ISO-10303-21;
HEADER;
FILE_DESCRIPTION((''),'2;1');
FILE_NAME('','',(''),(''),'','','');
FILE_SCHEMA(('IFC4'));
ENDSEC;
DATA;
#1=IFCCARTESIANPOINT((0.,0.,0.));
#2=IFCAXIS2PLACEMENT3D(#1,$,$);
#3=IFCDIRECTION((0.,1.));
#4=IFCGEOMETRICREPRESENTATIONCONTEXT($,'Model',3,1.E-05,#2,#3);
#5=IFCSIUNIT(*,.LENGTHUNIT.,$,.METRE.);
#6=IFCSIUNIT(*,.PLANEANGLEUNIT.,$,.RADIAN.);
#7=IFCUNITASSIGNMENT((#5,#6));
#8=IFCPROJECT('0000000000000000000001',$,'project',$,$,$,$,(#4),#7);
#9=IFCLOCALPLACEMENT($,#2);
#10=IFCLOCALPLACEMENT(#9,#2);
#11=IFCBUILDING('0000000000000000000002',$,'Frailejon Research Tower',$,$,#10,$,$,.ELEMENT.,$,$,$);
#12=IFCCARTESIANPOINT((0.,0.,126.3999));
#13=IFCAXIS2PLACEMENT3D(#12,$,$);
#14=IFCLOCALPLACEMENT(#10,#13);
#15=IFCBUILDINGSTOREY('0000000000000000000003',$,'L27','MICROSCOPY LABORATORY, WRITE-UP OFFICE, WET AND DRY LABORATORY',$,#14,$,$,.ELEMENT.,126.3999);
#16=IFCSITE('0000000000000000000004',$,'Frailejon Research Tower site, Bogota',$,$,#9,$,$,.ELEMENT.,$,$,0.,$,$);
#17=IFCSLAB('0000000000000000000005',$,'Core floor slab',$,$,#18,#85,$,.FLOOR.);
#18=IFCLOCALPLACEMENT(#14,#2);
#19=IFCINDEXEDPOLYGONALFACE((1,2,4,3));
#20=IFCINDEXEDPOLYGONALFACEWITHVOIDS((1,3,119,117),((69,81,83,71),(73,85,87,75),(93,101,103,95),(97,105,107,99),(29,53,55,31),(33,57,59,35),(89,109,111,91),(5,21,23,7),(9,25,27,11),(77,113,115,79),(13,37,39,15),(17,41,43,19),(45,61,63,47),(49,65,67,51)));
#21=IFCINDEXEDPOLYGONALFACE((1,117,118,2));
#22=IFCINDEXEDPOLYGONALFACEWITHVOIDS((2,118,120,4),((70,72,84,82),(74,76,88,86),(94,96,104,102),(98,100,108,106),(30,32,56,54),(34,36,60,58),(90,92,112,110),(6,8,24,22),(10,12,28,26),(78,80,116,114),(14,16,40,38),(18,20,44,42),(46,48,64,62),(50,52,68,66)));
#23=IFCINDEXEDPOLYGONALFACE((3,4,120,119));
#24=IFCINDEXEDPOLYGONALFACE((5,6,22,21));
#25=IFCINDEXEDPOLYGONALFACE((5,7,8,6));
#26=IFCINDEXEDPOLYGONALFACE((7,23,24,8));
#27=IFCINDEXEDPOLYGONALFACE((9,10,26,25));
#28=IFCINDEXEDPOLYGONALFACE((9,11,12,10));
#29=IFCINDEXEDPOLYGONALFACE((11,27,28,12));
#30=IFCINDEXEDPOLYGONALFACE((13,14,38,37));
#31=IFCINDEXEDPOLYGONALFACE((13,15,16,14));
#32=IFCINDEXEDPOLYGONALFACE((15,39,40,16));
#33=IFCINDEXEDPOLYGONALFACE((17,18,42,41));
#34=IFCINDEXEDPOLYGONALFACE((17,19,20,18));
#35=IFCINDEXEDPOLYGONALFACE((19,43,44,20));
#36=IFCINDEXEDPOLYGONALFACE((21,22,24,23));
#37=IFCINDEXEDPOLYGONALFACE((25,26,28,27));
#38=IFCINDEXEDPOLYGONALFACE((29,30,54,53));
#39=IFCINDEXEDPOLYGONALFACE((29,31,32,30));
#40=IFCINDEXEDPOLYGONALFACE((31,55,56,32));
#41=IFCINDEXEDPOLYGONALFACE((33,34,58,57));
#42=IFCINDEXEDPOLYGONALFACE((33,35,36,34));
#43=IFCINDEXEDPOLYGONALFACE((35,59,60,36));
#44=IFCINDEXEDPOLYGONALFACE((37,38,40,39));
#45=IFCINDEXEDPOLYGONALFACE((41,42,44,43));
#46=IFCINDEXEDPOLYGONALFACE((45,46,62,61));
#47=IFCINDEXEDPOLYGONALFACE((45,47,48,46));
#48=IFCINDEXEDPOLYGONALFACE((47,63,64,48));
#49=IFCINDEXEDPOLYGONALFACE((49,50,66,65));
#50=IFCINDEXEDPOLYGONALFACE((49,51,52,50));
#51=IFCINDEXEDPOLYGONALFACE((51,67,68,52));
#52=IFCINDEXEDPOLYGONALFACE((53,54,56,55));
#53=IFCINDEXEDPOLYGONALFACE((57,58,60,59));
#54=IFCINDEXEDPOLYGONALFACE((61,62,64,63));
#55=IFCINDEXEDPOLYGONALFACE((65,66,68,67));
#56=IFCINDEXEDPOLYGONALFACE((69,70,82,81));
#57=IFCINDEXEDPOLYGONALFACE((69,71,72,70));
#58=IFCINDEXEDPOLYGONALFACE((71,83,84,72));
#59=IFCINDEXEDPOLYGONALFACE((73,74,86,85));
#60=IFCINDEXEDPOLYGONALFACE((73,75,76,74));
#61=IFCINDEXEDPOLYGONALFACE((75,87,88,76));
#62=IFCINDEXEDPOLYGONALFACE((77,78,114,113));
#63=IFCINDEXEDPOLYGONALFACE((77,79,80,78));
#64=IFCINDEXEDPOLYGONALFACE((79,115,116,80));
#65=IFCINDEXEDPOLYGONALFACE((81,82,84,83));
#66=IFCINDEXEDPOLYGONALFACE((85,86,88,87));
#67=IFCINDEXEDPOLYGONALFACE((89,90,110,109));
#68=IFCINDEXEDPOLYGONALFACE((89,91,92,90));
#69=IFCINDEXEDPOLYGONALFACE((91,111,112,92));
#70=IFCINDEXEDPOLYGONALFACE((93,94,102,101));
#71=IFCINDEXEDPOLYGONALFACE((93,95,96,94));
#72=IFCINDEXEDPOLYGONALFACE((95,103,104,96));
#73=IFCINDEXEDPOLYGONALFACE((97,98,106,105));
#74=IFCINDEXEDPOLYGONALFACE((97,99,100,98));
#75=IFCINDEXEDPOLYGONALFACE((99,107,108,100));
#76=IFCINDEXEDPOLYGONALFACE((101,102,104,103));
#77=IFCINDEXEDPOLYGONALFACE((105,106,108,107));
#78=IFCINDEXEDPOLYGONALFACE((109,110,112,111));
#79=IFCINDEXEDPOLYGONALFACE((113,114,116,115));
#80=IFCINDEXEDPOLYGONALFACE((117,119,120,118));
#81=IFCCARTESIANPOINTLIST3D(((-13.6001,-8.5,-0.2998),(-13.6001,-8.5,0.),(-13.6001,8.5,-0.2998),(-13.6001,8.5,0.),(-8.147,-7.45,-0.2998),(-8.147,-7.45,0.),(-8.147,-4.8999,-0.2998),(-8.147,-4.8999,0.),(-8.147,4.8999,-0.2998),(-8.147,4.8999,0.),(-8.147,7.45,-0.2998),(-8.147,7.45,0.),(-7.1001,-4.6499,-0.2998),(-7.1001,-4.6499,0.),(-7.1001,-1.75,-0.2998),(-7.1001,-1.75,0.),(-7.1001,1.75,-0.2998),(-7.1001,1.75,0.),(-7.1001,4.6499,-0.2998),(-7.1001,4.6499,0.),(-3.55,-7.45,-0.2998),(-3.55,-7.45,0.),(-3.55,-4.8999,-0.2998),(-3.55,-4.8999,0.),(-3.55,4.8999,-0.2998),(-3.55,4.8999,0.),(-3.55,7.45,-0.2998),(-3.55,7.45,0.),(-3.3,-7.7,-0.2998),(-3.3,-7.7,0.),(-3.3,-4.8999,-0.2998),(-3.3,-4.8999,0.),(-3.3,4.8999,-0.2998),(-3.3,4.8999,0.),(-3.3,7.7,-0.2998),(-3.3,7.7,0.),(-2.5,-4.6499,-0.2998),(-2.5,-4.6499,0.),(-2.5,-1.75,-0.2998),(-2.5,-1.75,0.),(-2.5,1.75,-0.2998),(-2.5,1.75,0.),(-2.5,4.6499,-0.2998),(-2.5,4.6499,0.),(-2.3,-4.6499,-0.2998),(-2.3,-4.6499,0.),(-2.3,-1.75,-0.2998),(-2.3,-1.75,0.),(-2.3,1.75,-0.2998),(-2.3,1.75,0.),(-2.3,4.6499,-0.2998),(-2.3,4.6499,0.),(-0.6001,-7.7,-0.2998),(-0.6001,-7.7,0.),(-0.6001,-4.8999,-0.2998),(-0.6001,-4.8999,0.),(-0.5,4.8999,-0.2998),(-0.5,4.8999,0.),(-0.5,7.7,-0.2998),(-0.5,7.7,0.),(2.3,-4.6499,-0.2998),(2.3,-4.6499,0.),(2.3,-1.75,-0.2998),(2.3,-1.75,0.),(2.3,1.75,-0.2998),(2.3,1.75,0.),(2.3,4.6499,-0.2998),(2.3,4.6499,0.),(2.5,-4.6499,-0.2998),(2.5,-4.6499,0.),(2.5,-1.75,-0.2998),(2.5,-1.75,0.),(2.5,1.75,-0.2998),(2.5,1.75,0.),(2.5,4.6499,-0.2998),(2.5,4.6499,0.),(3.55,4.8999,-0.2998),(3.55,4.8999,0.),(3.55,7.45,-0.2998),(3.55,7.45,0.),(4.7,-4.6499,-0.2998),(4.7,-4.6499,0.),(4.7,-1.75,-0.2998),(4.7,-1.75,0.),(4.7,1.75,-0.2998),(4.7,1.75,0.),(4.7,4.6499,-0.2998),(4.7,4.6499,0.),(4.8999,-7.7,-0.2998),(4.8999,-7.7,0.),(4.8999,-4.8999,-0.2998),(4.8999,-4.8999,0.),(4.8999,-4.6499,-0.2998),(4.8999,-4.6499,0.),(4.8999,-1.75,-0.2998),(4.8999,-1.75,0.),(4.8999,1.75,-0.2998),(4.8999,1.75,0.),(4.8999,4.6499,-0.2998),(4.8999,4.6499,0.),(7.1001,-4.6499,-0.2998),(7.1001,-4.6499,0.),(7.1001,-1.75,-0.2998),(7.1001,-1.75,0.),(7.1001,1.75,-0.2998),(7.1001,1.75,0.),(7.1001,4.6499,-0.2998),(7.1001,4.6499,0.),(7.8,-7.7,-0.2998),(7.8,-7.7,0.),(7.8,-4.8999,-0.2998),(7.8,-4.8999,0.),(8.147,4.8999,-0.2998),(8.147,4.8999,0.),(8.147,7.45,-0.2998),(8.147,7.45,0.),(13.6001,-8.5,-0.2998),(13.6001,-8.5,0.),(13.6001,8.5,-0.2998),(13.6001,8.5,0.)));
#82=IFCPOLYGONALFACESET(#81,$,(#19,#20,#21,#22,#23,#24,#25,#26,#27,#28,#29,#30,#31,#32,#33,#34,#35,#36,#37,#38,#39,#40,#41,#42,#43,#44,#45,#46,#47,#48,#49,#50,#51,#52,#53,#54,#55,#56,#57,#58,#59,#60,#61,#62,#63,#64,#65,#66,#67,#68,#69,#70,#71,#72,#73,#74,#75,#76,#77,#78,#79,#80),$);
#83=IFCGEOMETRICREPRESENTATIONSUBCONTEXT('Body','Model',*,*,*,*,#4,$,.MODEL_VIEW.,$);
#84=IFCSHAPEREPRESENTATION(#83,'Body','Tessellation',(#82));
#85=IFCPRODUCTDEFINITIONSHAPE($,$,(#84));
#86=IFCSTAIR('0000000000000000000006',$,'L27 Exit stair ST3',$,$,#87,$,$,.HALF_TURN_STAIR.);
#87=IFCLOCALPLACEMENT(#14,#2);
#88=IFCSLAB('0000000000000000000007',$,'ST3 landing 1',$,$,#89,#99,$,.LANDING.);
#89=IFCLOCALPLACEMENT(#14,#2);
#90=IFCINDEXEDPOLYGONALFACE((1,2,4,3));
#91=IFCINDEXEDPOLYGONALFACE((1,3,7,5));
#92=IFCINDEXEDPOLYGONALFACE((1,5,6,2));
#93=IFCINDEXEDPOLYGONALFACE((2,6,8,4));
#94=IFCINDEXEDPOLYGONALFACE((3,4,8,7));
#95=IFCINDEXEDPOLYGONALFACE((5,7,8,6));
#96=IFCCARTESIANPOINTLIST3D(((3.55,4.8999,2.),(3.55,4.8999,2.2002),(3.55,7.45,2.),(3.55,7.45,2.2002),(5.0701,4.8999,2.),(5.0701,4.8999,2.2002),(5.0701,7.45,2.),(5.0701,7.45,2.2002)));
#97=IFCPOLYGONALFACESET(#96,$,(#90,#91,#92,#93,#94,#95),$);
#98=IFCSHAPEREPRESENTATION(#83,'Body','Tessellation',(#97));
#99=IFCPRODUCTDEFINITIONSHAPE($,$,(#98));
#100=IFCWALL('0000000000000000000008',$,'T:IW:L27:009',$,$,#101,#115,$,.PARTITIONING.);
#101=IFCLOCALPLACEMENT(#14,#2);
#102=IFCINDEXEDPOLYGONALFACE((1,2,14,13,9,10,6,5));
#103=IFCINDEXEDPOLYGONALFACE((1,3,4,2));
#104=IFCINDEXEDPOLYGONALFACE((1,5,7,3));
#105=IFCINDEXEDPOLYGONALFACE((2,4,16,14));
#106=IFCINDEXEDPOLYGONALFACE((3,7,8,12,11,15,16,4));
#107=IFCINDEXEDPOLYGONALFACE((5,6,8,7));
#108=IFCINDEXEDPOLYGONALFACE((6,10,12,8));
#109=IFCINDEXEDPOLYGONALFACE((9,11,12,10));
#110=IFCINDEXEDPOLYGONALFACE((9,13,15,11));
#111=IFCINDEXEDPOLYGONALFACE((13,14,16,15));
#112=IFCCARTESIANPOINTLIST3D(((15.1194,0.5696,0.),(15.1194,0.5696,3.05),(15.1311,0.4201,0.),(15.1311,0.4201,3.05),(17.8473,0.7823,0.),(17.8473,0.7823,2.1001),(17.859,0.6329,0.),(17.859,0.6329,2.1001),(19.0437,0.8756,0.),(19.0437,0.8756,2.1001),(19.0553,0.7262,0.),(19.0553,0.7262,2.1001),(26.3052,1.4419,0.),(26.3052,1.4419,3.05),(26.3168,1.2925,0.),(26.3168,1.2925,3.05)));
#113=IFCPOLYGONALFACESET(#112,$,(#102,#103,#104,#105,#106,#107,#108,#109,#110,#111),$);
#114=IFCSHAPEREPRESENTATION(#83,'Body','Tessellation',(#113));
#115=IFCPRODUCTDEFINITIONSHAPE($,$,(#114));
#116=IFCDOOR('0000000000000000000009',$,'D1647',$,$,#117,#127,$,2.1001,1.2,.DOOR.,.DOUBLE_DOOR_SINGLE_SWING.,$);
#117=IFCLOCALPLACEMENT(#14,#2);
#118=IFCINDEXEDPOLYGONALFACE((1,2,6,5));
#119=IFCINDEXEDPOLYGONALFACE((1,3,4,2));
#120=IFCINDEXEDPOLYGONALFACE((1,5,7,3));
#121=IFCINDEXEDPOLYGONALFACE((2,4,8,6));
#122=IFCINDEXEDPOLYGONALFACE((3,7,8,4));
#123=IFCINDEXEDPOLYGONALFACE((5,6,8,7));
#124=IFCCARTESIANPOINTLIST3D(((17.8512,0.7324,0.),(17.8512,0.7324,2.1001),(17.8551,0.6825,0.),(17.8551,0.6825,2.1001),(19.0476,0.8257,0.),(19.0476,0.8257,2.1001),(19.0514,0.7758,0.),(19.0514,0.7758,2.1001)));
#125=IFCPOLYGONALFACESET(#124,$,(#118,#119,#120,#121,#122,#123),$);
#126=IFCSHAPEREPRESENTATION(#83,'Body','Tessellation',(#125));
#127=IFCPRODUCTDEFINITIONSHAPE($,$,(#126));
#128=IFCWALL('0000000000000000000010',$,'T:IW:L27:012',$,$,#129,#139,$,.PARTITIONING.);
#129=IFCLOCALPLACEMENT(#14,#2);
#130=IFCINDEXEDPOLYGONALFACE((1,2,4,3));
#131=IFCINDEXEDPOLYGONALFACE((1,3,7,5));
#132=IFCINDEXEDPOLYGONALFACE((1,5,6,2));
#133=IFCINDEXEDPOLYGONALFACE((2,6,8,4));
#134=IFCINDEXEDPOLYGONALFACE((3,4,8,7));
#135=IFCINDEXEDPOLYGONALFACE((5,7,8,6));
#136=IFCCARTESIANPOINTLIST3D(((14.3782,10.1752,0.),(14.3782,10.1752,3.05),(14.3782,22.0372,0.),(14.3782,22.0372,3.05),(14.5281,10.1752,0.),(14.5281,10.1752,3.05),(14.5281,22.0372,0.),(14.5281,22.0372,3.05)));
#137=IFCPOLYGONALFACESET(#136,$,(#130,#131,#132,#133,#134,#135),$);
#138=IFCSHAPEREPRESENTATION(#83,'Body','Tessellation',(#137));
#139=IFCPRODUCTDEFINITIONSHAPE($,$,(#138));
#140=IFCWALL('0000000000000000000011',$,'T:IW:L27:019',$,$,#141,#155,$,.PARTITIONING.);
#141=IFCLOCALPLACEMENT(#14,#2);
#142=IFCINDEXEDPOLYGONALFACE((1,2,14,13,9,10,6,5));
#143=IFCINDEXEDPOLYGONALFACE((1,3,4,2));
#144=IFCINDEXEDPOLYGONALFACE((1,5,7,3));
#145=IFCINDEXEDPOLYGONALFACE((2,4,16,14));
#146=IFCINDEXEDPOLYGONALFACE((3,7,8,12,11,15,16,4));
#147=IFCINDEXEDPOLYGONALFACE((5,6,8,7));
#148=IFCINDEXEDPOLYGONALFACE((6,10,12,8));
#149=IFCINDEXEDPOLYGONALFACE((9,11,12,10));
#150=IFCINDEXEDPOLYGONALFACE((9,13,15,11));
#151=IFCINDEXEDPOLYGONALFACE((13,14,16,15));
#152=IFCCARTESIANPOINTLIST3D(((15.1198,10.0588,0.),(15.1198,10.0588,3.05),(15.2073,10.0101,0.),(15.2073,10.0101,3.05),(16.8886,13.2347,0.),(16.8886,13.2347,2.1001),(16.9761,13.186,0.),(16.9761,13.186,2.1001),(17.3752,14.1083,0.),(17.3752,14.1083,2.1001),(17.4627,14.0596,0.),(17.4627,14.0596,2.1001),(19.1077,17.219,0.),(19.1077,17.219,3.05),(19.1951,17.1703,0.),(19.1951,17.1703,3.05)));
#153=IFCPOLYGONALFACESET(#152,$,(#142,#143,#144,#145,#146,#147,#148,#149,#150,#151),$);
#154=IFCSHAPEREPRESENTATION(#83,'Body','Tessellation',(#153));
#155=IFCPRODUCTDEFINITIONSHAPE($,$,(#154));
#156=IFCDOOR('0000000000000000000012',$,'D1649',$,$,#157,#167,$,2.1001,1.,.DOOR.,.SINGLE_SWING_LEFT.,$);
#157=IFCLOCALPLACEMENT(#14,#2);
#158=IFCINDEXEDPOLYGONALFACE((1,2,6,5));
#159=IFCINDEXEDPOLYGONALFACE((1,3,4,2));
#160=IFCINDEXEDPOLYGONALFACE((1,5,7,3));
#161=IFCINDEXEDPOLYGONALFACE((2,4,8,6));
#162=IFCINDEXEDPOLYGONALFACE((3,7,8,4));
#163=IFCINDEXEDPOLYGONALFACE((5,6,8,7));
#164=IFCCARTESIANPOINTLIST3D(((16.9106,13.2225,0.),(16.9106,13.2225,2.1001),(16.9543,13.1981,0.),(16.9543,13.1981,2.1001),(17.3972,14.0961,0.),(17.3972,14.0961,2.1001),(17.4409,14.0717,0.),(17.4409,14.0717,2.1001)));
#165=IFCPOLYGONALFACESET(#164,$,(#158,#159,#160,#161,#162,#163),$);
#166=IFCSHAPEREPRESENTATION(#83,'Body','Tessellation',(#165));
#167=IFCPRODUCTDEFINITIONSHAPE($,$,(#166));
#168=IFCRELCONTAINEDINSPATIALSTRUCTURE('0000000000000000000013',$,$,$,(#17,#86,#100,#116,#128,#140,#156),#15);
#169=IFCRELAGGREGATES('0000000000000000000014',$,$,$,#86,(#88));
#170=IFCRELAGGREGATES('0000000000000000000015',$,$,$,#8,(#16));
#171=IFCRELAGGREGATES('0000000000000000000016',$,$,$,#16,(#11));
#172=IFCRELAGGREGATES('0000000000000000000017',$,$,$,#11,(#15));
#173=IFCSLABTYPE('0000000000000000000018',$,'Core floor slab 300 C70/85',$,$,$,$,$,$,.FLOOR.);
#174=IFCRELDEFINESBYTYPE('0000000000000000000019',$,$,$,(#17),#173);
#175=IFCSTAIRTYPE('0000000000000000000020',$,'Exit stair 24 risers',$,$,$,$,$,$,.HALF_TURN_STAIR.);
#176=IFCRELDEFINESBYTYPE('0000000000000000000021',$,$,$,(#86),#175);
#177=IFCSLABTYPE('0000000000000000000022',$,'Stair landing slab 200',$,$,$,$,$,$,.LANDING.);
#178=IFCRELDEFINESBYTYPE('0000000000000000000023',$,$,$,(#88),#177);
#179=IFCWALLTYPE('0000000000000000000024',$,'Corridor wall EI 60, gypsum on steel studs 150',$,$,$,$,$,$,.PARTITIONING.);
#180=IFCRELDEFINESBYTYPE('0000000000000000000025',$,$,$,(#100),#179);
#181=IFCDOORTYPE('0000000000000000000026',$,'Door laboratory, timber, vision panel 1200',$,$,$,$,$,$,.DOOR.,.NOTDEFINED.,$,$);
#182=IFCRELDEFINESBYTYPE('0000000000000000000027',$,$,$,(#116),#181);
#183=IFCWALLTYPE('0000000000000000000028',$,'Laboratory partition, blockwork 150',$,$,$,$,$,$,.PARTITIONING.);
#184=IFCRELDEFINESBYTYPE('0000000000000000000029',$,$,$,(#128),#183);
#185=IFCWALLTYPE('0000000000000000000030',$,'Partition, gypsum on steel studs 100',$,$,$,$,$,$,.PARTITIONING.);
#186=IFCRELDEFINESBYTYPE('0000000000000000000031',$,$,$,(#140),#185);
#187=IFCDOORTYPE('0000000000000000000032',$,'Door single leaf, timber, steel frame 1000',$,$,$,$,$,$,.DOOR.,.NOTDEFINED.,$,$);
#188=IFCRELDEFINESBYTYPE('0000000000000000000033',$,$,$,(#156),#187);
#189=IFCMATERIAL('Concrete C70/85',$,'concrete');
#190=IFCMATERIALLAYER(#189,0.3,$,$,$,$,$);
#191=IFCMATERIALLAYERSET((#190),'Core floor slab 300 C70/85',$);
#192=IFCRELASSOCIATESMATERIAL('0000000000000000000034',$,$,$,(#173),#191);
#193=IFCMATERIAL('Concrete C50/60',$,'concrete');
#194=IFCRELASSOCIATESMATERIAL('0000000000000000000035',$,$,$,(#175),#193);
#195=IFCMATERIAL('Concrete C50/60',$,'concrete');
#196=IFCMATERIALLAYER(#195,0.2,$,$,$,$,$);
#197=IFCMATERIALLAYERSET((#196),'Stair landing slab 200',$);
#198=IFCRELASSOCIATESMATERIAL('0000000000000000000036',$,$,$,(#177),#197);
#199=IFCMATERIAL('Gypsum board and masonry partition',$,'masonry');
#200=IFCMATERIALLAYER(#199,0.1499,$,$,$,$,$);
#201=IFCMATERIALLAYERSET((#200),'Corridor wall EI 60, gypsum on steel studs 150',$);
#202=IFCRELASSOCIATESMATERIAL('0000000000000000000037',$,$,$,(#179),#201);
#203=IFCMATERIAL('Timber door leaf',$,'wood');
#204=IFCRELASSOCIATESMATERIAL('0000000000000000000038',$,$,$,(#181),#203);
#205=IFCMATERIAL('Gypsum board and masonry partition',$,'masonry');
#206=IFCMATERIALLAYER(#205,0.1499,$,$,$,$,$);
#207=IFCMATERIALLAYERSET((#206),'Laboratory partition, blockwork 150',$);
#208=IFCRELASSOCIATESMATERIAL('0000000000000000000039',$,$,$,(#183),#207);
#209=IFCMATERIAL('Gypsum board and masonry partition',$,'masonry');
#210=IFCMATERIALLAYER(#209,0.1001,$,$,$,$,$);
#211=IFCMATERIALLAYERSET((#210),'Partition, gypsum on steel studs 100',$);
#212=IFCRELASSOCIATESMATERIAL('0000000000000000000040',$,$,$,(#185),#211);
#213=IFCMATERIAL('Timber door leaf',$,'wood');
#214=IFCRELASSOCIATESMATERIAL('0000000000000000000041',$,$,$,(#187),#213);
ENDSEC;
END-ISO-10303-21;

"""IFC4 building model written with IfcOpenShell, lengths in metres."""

from ifc_helpers import new_model, si_unit, direction, frame, frame_2d, origin, place, context, subcontext, project, spatial, polyline, rectangle, outline, extrude, material, layer, layer_set, type_object, element, fill, aggregate, save


model = new_model("IFC4")

# Units and contexts
model_context = context("Model", 3, precision=1e-05, world=origin(), true_north=direction((0.0, 1.0)))
body_context = subcontext(model_context, "Body", "Model", "MODEL_VIEW")
ifc_project = project(units=[si_unit("LENGTHUNIT", "METRE"), si_unit("PLANEANGLEUNIT", "RADIAN")], contexts=[model_context])

# Site, building, storey
site_placement = place(None, origin())
site = spatial("IfcSite", under=ifc_project, at=site_placement, Name="Frailejon Research Tower site, Bogota", CompositionType="ELEMENT", RefElevation=0.0)
building_placement = place(site_placement, origin())
building = spatial("IfcBuilding", under=site, at=building_placement, Name="Frailejon Research Tower", CompositionType="ELEMENT")
storey_placement = place(building_placement, frame((0.0, 0.0, 126.3999)))
storey = spatial("IfcBuildingStorey", under=building, at=storey_placement, Name="L27", Description="MICROSCOPY LABORATORY, WRITE-UP OFFICE, WET AND DRY LABORATORY", CompositionType="ELEMENT", Elevation=126.3999)

# Slab
ifc_material_1 = material(Name="Concrete C70/85", Category="concrete")
ifc_layer_1 = layer(ifc_material_1, 0.3)
ifc_layer_set_1 = layer_set([ifc_layer_1], Name="Core floor slab 300 C70/85")
slab_type_1 = type_object("IfcSlabType", Name="Core floor slab 300 C70/85", PredefinedType="FLOOR", material=ifc_layer_set_1)
slab_1_placement = place(storey_placement, frame((0.0, 0.0, -0.2998)))
element("IfcSlab", 1, at=slab_1_placement, inside=storey, type_object=slab_type_1, Name="Core floor slab", PredefinedType="FLOOR", context=body_context, shape_type="SweptSolid", body=[
    extrude(outline(polyline([(13.6001, -8.5), (13.6001, 8.5), (-13.6001, 8.5), (-13.6001, -8.5), (13.6001, -8.5)]), holes=[polyline([(-2.5, 1.75), (-2.5, 4.6499), (-7.1001, 4.6499), (-7.1001, 1.75), (-2.5, 1.75)]), polyline([(2.3, 1.75), (2.3, 4.6499), (-2.3, 4.6499), (-2.3, 1.75), (2.3, 1.75)]), polyline([(4.7, 1.75), (4.7, 4.6499), (2.5, 4.6499), (2.5, 1.75), (4.7, 1.75)]), polyline([(7.1001, 1.75), (7.1001, 4.6499), (4.8999, 4.6499), (4.8999, 1.75), (7.1001, 1.75)]), polyline([(-2.5, -4.6499), (-2.5, -1.75), (-7.1001, -1.75), (-7.1001, -4.6499), (-2.5, -4.6499)]), polyline([(2.3, -4.6499), (2.3, -1.75), (-2.3, -1.75), (-2.3, -4.6499), (2.3, -4.6499)]), polyline([(4.7, -4.6499), (4.7, -1.75), (2.5, -1.75), (2.5, -4.6499), (4.7, -4.6499)]), polyline([(7.1001, -4.6499), (7.1001, -1.75), (4.8999, -1.75), (4.8999, -4.6499), (7.1001, -4.6499)]), polyline([(-8.147, 4.8999), (-3.55, 4.8999), (-3.55, 7.45), (-8.147, 7.45), (-8.147, 4.8999)]), polyline([(-8.147, -7.45), (-3.55, -7.45), (-3.55, -4.8999), (-8.147, -4.8999), (-8.147, -7.45)]), polyline([(8.147, 7.45), (3.55, 7.45), (3.55, 4.8999), (8.147, 4.8999), (8.147, 7.45)]), polyline([(-0.6001, -7.7), (-0.6001, -4.8999), (-3.3, -4.8999), (-3.3, -7.7), (-0.6001, -7.7)]), polyline([(7.8, -7.7), (7.8, -4.8999), (4.8999, -4.8999), (4.8999, -7.7), (7.8, -7.7)]), polyline([(-0.5, 4.8999), (-0.5, 7.7), (-3.3, 7.7), (-3.3, 4.8999), (-0.5, 4.8999)])]), origin(), (0.0, 0.0, 1.0), 0.2998),
])

# Stair, slab
ifc_material_2 = material(Name="Concrete C50/60", Category="concrete")
stair_type = type_object("IfcStairType", Name="Exit stair 24 risers", PredefinedType="HALF_TURN_STAIR", material=ifc_material_2)
stair_placement = place(storey_placement, origin())
stair = element("IfcStair", 2, at=stair_placement, inside=storey, type_object=stair_type, Name="L27 Exit stair ST3", PredefinedType="HALF_TURN_STAIR")
ifc_material_3 = material(Name="Concrete C50/60", Category="concrete")
ifc_layer_2 = layer(ifc_material_3, 0.2)
ifc_layer_set_2 = layer_set([ifc_layer_2], Name="Stair landing slab 200")
slab_type_2 = type_object("IfcSlabType", Name="Stair landing slab 200", PredefinedType="LANDING", material=ifc_layer_set_2)
slab_2_placement = place(storey_placement, frame((0.0, 0.0, 2.0)))
slab_2 = element("IfcSlab", 3, at=slab_2_placement, type_object=slab_type_2, Name="ST3 landing 1", PredefinedType="LANDING", context=body_context, shape_type="SweptSolid", body=[
    extrude(outline(polyline([(5.0701, 7.45), (3.55, 7.45), (3.55, 4.8999), (5.0701, 4.8999), (5.0701, 7.45)])), origin(), (0.0, 0.0, 1.0), 0.2002),
])

# Wall, opening, door
ifc_material_4 = material(Name="Gypsum board and masonry partition", Category="masonry")
ifc_layer_3 = layer(ifc_material_4, 0.1499)
ifc_layer_set_3 = layer_set([ifc_layer_3], Name="Corridor wall EI 60, gypsum on steel studs 150")
wall_type_1 = type_object("IfcWallType", Name="Corridor wall EI 60, gypsum on steel studs 150", PredefinedType="PARTITIONING", material=ifc_layer_set_3)
wall_1_placement = place(storey_placement, frame((15.1252, 0.4949, 0.0), z_axis=(0.0, 0.0, 1.0), x_axis=(0.996973, 0.077748, 0.0)))
wall_1 = element("IfcWall", 4, at=wall_1_placement, inside=storey, type_object=wall_type_1, Name="T:IW:L27:009", PredefinedType="PARTITIONING", context=body_context, shape_type="SweptSolid", body=[
    extrude(rectangle(XDim=11.2197, YDim=0.1499, at=frame_2d((5.6099, 0.0))), origin(), (0.0, 0.0, 1.0), 3.05),
])
opening_1_placement = place(wall_1_placement, frame((2.7361, 0.0, 0.0)))
opening_1 = element("IfcOpeningElement", 5, at=opening_1_placement, cuts=wall_1, PredefinedType="OPENING", context=body_context, shape_type="SweptSolid", body=[
    extrude(rectangle(XDim=1.2, YDim=2.1001, at=frame_2d((0.6001, 1.05))), frame((0.0, 0.085, 0.0), z_axis=(0.0, -1.0, 0.0), x_axis=(1.0, 0.0, 0.0)), (0.0, 0.0, 1.0), 0.1699),
])
ifc_material_5 = material(Name="Timber door leaf", Category="wood")
door_type_1 = type_object("IfcDoorType", Name="Door laboratory, timber, vision panel 1200", OperationType="NOTDEFINED", PredefinedType="DOOR", material=ifc_material_5)
door_1_placement = place(opening_1_placement, origin())
door_1 = element("IfcDoor", 6, at=door_1_placement, inside=storey, type_object=door_type_1, Name="D1647", OperationType="DOUBLE_DOOR_SINGLE_SWING", OverallHeight=2.1001, OverallWidth=1.2, PredefinedType="DOOR", context=body_context, shape_type="SweptSolid", body=[
    extrude(rectangle(XDim=1.2, YDim=2.1001, at=frame_2d((0.6001, 1.05))), frame((0.0, 0.0249, 0.0), z_axis=(0.0, -1.0, 0.0), x_axis=(1.0, 0.0, 0.0)), (0.0, 0.0, 1.0), 0.05),
])
fill(opening_1, door_1)

# Wall
ifc_material_6 = material(Name="Gypsum board and masonry partition", Category="masonry")
ifc_layer_4 = layer(ifc_material_6, 0.1499)
ifc_layer_set_4 = layer_set([ifc_layer_4], Name="Laboratory partition, blockwork 150")
wall_type_2 = type_object("IfcWallType", Name="Laboratory partition, blockwork 150", PredefinedType="PARTITIONING", material=ifc_layer_set_4)
wall_2_placement = place(storey_placement, frame((14.4531, 10.175, 0.0), z_axis=(0.0, 0.0, 1.0), x_axis=(0.0, 1.0, 0.0)))
element("IfcWall", 7, at=wall_2_placement, inside=storey, type_object=wall_type_2, Name="T:IW:L27:012", PredefinedType="PARTITIONING", context=body_context, shape_type="SweptSolid", body=[
    extrude(rectangle(XDim=11.8621, YDim=0.1499, at=frame_2d((5.9312, 0.0))), origin(), (0.0, 0.0, 1.0), 3.05),
])

# Wall, opening, door
ifc_material_7 = material(Name="Gypsum board and masonry partition", Category="masonry")
ifc_layer_5 = layer(ifc_material_7, 0.1001)
ifc_layer_set_5 = layer_set([ifc_layer_5], Name="Partition, gypsum on steel studs 100")
wall_type_3 = type_object("IfcWallType", Name="Partition, gypsum on steel studs 100", PredefinedType="PARTITIONING", material=ifc_layer_set_5)
wall_3_placement = place(storey_placement, frame((15.1636, 10.0344, 0.0), z_axis=(0.0, 0.0, 1.0), x_axis=(0.486568, 0.873643, 0.0)))
wall_3 = element("IfcWall", 8, at=wall_3_placement, inside=storey, type_object=wall_type_3, Name="T:IW:L27:019", PredefinedType="PARTITIONING", context=body_context, shape_type="SweptSolid", body=[
    extrude(rectangle(XDim=8.1958, YDim=0.1001, at=frame_2d((4.0979, 0.0))), origin(), (0.0, 0.0, 1.0), 3.05),
])
opening_2_placement = place(wall_3_placement, frame((3.6353, 0.0, 0.0)))
opening_2 = element("IfcOpeningElement", 9, at=opening_2_placement, cuts=wall_3, PredefinedType="OPENING", context=body_context, shape_type="SweptSolid", body=[
    extrude(rectangle(XDim=1.0, YDim=2.1001, at=frame_2d((0.5, 1.05))), frame((0.0, 0.0601, 0.0), z_axis=(0.0, -1.0, 0.0), x_axis=(1.0, 0.0, 0.0)), (0.0, 0.0, 1.0), 0.1201),
])
ifc_material_8 = material(Name="Timber door leaf", Category="wood")
door_type_2 = type_object("IfcDoorType", Name="Door single leaf, timber, steel frame 1000", OperationType="NOTDEFINED", PredefinedType="DOOR", material=ifc_material_8)
door_2_placement = place(opening_2_placement, origin())
door_2 = element("IfcDoor", 10, at=door_2_placement, inside=storey, type_object=door_type_2, Name="D1649", OperationType="SINGLE_SWING_LEFT", OverallHeight=2.1001, OverallWidth=1.0, PredefinedType="DOOR", context=body_context, shape_type="SweptSolid", body=[
    extrude(rectangle(XDim=1.0, YDim=2.1001, at=frame_2d((0.5, 1.05))), frame((0.0, 0.0249, 0.0), z_axis=(0.0, -1.0, 0.0), x_axis=(1.0, 0.0, 0.0)), (0.0, 0.0, 1.0), 0.05),
])
fill(opening_2, door_2)

aggregate(stair, [slab_2])

save(model, "model.ifc")
